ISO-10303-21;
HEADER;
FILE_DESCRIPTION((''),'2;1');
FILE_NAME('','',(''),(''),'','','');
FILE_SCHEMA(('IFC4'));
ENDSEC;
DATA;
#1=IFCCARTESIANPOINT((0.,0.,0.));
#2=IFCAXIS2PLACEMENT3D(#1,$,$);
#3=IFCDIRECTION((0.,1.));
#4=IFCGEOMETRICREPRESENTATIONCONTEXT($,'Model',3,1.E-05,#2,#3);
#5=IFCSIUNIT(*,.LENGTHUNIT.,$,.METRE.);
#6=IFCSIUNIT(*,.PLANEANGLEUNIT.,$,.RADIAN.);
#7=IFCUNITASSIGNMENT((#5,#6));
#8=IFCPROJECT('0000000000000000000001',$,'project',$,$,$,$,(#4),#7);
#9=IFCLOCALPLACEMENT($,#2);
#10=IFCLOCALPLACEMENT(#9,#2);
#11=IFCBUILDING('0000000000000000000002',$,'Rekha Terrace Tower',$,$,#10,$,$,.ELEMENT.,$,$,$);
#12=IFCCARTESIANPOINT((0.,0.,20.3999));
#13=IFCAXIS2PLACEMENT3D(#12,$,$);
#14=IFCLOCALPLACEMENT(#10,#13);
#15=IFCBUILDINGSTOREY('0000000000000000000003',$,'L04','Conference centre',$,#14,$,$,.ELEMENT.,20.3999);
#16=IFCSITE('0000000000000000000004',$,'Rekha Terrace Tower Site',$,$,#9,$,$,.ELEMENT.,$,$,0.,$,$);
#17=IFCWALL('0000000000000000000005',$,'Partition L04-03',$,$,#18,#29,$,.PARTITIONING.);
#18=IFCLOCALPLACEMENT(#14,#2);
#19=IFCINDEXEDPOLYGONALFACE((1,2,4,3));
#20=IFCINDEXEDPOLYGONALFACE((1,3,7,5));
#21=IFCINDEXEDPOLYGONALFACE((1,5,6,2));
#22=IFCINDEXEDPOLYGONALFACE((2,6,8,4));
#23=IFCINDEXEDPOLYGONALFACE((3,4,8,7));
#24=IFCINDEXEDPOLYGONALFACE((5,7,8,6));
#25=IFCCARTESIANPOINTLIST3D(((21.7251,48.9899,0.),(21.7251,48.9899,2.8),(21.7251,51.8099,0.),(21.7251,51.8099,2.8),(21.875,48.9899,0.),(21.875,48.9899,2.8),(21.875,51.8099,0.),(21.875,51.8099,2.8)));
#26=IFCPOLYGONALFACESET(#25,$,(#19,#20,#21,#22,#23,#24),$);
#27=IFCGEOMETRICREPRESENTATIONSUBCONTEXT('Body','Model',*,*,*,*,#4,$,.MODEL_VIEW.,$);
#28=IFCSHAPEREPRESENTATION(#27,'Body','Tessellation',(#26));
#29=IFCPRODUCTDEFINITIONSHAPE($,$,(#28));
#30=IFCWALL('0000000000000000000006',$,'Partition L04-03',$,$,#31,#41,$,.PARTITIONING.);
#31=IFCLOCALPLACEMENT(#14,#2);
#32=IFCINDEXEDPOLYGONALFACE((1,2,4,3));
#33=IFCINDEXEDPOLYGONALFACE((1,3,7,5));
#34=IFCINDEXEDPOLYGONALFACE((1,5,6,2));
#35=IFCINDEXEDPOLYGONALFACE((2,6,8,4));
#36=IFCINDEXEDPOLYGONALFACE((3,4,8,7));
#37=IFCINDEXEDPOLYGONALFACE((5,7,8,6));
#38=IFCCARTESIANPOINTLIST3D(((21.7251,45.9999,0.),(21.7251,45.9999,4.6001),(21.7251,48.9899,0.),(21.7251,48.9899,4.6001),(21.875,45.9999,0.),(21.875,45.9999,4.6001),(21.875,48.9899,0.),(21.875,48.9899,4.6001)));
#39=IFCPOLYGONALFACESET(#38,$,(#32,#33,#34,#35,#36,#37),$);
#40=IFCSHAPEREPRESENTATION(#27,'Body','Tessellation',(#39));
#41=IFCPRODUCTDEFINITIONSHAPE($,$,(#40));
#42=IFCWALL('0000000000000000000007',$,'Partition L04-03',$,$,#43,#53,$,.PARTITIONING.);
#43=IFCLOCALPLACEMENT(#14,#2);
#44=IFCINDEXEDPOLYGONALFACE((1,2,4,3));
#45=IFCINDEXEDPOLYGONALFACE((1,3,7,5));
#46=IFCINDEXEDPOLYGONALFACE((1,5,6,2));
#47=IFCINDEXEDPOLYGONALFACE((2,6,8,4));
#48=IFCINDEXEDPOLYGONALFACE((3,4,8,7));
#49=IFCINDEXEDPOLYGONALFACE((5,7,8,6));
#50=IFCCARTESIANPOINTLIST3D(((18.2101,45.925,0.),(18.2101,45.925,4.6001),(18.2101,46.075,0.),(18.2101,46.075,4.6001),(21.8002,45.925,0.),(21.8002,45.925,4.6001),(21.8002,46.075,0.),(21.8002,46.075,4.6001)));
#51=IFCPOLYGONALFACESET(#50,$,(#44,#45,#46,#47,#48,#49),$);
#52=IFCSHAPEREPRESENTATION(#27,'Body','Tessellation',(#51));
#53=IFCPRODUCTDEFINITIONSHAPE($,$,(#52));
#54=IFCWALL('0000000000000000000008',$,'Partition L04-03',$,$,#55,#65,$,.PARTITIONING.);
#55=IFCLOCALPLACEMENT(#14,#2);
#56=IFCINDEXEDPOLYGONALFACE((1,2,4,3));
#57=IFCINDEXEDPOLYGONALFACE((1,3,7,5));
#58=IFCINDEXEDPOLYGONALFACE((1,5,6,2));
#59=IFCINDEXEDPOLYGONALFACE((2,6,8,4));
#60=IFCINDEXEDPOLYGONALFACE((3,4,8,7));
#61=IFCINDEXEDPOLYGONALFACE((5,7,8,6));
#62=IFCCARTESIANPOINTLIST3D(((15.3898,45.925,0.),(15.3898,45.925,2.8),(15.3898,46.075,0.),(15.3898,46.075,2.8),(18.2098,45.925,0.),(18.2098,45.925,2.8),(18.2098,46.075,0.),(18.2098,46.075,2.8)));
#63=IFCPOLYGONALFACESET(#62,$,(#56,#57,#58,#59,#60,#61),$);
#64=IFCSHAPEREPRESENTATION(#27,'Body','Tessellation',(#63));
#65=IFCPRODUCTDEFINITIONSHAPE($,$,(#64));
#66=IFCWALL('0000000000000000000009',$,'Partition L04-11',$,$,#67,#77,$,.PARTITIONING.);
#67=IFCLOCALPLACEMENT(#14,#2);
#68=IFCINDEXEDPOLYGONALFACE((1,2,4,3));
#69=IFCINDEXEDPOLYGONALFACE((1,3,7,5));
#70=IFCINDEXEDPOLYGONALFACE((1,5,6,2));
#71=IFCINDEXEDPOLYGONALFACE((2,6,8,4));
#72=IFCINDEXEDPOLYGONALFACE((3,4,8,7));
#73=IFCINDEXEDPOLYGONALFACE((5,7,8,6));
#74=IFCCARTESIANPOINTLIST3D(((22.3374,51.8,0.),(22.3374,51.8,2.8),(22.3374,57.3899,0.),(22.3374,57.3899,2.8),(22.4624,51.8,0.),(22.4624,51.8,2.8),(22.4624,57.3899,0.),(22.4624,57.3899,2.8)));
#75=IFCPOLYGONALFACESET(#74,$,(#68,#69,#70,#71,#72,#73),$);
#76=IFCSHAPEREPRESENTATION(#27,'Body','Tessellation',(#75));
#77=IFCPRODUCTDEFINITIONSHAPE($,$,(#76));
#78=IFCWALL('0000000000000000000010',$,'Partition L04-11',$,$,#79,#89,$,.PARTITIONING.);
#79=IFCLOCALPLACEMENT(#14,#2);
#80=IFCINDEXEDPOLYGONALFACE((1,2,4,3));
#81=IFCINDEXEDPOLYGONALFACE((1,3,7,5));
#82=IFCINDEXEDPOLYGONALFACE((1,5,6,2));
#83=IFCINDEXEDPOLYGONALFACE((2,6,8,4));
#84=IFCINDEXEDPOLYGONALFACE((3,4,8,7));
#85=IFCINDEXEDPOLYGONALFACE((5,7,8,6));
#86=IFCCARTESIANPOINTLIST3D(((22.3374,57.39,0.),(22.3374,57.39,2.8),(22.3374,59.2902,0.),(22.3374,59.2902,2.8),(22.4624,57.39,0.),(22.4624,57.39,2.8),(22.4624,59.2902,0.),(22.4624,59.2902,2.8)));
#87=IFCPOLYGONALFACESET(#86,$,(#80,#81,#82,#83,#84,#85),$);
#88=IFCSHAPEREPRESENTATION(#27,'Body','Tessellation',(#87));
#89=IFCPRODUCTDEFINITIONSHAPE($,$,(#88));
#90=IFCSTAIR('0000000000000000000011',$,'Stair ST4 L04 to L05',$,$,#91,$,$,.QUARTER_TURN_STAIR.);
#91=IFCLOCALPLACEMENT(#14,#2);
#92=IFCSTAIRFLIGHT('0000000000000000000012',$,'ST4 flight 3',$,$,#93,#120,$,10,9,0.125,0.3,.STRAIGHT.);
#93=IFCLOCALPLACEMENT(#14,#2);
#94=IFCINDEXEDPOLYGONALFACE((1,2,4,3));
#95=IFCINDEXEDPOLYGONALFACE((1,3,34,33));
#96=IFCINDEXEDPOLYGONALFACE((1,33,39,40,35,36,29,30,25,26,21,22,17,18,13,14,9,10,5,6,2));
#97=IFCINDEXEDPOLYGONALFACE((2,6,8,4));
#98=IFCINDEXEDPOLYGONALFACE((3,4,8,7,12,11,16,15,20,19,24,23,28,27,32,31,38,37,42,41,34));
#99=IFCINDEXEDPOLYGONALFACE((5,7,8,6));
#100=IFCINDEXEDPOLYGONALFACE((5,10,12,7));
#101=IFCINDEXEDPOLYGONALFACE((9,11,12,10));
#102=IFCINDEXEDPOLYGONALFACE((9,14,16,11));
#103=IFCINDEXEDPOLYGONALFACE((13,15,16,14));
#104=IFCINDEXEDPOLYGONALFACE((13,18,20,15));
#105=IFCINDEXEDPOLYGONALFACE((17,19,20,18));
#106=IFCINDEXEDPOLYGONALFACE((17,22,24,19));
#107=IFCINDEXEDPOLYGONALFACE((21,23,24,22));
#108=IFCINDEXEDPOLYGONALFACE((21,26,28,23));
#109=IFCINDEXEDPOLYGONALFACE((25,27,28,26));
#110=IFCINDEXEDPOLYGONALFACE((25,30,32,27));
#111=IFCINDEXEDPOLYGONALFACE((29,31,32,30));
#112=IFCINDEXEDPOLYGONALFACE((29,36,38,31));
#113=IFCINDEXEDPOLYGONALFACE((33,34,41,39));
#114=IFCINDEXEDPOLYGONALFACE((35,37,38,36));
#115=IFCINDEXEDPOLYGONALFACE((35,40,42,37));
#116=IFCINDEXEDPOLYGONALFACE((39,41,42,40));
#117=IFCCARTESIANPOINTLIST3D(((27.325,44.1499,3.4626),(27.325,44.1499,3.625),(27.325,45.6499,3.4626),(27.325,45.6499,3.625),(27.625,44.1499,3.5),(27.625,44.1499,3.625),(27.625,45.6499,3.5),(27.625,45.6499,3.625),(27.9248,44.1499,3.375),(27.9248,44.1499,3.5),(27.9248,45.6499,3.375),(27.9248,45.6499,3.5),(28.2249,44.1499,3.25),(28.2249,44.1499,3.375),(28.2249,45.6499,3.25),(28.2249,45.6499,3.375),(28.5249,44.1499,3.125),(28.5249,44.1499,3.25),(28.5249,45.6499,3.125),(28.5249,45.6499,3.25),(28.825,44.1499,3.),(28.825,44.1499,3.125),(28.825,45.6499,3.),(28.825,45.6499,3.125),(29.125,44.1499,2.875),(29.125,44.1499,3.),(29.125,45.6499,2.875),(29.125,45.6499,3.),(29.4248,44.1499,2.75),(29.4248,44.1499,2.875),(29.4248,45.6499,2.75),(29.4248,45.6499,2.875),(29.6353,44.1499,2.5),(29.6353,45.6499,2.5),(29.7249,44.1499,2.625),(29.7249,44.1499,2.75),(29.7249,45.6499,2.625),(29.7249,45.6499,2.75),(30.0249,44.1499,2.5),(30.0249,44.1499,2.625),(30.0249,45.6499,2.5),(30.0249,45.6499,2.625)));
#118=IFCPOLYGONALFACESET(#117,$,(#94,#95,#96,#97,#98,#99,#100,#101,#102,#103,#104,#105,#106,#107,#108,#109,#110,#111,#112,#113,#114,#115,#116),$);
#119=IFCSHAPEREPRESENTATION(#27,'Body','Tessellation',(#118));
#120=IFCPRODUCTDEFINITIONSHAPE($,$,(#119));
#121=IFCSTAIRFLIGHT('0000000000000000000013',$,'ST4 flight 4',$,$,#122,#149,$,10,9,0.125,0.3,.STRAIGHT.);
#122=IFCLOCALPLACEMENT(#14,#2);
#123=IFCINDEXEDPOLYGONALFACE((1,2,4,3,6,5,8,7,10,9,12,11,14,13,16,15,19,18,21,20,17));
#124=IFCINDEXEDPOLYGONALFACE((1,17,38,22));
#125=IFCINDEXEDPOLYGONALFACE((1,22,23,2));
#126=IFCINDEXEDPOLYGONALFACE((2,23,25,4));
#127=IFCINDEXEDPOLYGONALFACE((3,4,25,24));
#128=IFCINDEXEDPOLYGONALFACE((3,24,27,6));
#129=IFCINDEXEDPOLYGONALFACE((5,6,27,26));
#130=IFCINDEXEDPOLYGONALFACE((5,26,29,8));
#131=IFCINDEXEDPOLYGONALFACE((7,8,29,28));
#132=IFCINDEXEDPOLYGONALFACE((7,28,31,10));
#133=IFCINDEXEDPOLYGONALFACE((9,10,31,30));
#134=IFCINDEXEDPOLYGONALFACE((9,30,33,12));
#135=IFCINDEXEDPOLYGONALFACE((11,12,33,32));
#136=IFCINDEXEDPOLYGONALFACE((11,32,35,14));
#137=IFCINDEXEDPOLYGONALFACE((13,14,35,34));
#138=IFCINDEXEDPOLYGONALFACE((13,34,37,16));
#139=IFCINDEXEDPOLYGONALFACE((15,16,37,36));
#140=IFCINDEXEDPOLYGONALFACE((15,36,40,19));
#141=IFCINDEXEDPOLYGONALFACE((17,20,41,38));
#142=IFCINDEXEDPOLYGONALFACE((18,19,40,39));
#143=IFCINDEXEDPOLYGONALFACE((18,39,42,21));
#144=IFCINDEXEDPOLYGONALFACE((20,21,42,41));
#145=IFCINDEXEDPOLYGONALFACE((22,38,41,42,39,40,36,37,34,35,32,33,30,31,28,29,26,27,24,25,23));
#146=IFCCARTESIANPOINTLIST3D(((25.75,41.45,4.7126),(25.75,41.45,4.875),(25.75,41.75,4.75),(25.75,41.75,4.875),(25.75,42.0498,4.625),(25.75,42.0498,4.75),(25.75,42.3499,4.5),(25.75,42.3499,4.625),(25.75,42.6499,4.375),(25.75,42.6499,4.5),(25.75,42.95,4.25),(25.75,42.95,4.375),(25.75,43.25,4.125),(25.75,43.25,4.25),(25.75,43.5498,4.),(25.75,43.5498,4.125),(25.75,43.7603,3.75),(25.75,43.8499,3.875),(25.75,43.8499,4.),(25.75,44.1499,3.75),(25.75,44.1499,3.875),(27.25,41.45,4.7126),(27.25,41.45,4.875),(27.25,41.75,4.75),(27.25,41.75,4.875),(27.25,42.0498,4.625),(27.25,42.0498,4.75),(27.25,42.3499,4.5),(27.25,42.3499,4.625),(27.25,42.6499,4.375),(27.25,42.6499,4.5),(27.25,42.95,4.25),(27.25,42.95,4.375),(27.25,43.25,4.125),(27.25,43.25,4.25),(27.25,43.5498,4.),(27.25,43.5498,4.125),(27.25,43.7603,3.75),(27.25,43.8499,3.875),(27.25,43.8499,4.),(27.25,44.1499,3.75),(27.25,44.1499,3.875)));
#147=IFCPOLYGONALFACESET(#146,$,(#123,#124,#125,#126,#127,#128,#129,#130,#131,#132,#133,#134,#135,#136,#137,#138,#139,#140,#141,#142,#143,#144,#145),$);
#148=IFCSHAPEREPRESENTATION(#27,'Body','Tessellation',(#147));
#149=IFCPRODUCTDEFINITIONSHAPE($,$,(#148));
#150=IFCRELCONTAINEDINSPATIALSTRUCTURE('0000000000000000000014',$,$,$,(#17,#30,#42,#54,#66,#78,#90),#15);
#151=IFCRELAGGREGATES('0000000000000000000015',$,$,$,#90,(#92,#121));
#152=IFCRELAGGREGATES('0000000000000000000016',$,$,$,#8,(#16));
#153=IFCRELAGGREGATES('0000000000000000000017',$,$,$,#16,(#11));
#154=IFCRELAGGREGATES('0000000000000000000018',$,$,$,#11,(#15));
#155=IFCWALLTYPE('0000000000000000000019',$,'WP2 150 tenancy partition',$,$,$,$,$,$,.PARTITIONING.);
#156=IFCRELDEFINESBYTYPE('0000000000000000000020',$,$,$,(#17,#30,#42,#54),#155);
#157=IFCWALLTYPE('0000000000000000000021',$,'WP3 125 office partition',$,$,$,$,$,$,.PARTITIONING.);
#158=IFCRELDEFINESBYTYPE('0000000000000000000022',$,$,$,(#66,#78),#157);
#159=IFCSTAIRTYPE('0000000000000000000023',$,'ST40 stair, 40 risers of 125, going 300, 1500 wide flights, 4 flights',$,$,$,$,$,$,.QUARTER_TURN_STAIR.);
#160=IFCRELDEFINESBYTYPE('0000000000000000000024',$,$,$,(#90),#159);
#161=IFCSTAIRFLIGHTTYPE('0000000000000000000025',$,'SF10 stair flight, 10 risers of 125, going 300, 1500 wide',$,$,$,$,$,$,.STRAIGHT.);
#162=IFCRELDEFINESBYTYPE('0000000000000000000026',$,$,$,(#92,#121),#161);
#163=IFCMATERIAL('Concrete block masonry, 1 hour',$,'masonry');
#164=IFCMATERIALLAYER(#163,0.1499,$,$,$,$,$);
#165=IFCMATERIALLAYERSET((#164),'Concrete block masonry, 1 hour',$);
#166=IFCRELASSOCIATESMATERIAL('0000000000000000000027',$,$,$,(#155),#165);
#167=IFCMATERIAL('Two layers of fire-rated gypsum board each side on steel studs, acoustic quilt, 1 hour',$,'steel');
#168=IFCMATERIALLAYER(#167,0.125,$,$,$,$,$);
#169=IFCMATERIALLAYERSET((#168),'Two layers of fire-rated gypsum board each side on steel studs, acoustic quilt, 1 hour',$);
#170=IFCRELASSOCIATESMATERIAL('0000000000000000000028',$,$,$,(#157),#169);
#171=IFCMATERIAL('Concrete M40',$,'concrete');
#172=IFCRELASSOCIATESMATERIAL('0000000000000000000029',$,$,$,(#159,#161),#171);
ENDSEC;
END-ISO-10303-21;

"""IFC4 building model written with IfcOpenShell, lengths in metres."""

from ifc_helpers import new_model, si_unit, direction, frame, frame_2d, origin, place, context, subcontext, project, spatial, polyline, rectangle, outline, extrude, material, layer, layer_set, type_object, element, aggregate, save


model = new_model("IFC4")

# Units and contexts
model_context = context("Model", 3, precision=1e-05, world=origin(), true_north=direction((0.0, 1.0)))
body_context = subcontext(model_context, "Body", "Model", "MODEL_VIEW")
ifc_project = project(units=[si_unit("LENGTHUNIT", "METRE"), si_unit("PLANEANGLEUNIT", "RADIAN")], contexts=[model_context])

# Site, building, storey
site_placement = place(None, origin())
site = spatial("IfcSite", under=ifc_project, at=site_placement, Name="Rekha Terrace Tower Site", CompositionType="ELEMENT", RefElevation=0.0)
building_placement = place(site_placement, origin())
building = spatial("IfcBuilding", under=site, at=building_placement, Name="Rekha Terrace Tower", CompositionType="ELEMENT")
storey_placement = place(building_placement, frame((0.0, 0.0, 20.3999)))
storey = spatial("IfcBuildingStorey", under=building, at=storey_placement, Name="L04", Description="Conference centre", CompositionType="ELEMENT", Elevation=20.3999)

# Shared definitions
ifc_material_1 = material(Name="Concrete block masonry, 1 hour", Category="masonry")
ifc_layer_1 = layer(ifc_material_1, 0.1499)
ifc_layer_set_1 = layer_set([ifc_layer_1], Name="Concrete block masonry, 1 hour")
wall_type_1 = type_object("IfcWallType", Name="WP2 150 tenancy partition", PredefinedType="PARTITIONING", material=ifc_layer_set_1)

# Walls
wall_1_placement = place(storey_placement, frame((21.8, 51.8101, 0.0), z_axis=(0.0, 0.0, 1.0), x_axis=(0.0, -1.0, 0.0)))
element("IfcWall", 1, at=wall_1_placement, inside=storey, type_object=wall_type_1, Name="Partition L04-03", PredefinedType="PARTITIONING", context=body_context, shape_type="SweptSolid", body=[
    extrude(rectangle(XDim=2.8201, YDim=0.1499, at=frame_2d((1.4102, 0.0))), origin(), (0.0, 0.0, 1.0), 2.8),
])
wall_2_placement = place(storey_placement, frame((21.8, 48.99, 0.0), z_axis=(0.0, 0.0, 1.0), x_axis=(0.0, -1.0, 0.0)))
element("IfcWall", 2, at=wall_2_placement, inside=storey, type_object=wall_type_1, Name="Partition L04-03", PredefinedType="PARTITIONING", context=body_context, shape_type="SweptSolid", body=[
    extrude(rectangle(XDim=2.99, YDim=0.1499, at=frame_2d((1.4951, 0.0))), origin(), (0.0, 0.0, 1.0), 4.6001),
])
wall_3_placement = place(storey_placement, frame((21.8, 46.0, 0.0), z_axis=(0.0, 0.0, 1.0), x_axis=(-1.0, 0.0, 0.0)))
element("IfcWall", 3, at=wall_3_placement, inside=storey, type_object=wall_type_1, Name="Partition L04-03", PredefinedType="PARTITIONING", context=body_context, shape_type="SweptSolid", body=[
    extrude(rectangle(XDim=3.5901, YDim=0.1499, at=frame_2d((1.7949, 0.0))), origin(), (0.0, 0.0, 1.0), 4.6001),
])
wall_4_placement = place(storey_placement, frame((18.21, 46.0, 0.0), z_axis=(0.0, 0.0, 1.0), x_axis=(-1.0, 0.0, 0.0)))
element("IfcWall", 4, at=wall_4_placement, inside=storey, type_object=wall_type_1, Name="Partition L04-03", PredefinedType="PARTITIONING", context=body_context, shape_type="SweptSolid", body=[
    extrude(rectangle(XDim=2.8201, YDim=0.1499, at=frame_2d((1.4102, 0.0))), origin(), (0.0, 0.0, 1.0), 2.8),
])
ifc_material_2 = material(Name="Two layers of fire-rated gypsum board each side on steel studs, acoustic quilt, 1 hour", Category="steel")
ifc_layer_2 = layer(ifc_material_2, 0.125)
ifc_layer_set_2 = layer_set([ifc_layer_2], Name="Two layers of fire-rated gypsum board each side on steel studs, acoustic quilt, 1 hour")
wall_type_2 = type_object("IfcWallType", Name="WP3 125 office partition", PredefinedType="PARTITIONING", material=ifc_layer_set_2)
wall_5_placement = place(storey_placement, frame((22.3999, 51.8, 0.0), z_axis=(0.0, 0.0, 1.0), x_axis=(0.0, 1.0, 0.0)))
element("IfcWall", 5, at=wall_5_placement, inside=storey, type_object=wall_type_2, Name="Partition L04-11", PredefinedType="PARTITIONING", context=body_context, shape_type="SweptSolid", body=[
    extrude(rectangle(XDim=5.5898, YDim=0.125, at=frame_2d((2.7949, 0.0))), origin(), (0.0, 0.0, 1.0), 2.8),
])
wall_6_placement = place(storey_placement, frame((22.3999, 57.3899, 0.0), z_axis=(0.0, 0.0, 1.0), x_axis=(0.0, 1.0, 0.0)))
element("IfcWall", 6, at=wall_6_placement, inside=storey, type_object=wall_type_2, Name="Partition L04-11", PredefinedType="PARTITIONING", context=body_context, shape_type="SweptSolid", body=[
    extrude(rectangle(XDim=1.9001, YDim=0.125, at=frame_2d((0.9502, 0.0))), origin(), (0.0, 0.0, 1.0), 2.8),
])

# Stair, stair flights
ifc_material_3 = material(Name="Concrete M40", Category="concrete")
stair_type = type_object("IfcStairType", Name="ST40 stair, 40 risers of 125, going 300, 1500 wide flights, 4 flights", PredefinedType="QUARTER_TURN_STAIR", material=ifc_material_3)
stair_placement = place(storey_placement, origin())
stair = element("IfcStair", 7, at=stair_placement, inside=storey, type_object=stair_type, Name="Stair ST4 L04 to L05", PredefinedType="QUARTER_TURN_STAIR")
stair_flight_type = type_object("IfcStairFlightType", Name="SF10 stair flight, 10 risers of 125, going 300, 1500 wide", PredefinedType="STRAIGHT", material=ifc_material_3)
stair_flight_1_placement = place(storey_placement, frame((30.0249, 44.8999, 2.5), z_axis=(0.0, 0.0, 1.0), x_axis=(-1.0, 0.0, 0.0)))
stair_flight_1 = element("IfcStairFlight", 8, at=stair_flight_1_placement, type_object=stair_flight_type, Name="ST4 flight 3", NumberOfRisers=10, NumberOfTreads=9, PredefinedType="STRAIGHT", RiserHeight=0.125, TreadLength=0.3, context=body_context, shape_type="SweptSolid", body=[
    extrude(outline(polyline([(0.0, 0.0), (0.0, 0.125), (0.3, 0.125), (0.3, 0.25), (0.6001, 0.25), (0.6001, 0.375), (0.8999, 0.375), (0.8999, 0.5), (1.2, 0.5), (1.2, 0.625), (1.5, 0.625), (1.5, 0.75), (1.8, 0.75), (1.8, 0.875), (2.1001, 0.875), (2.1001, 1.0), (2.3999, 1.0), (2.3999, 1.125), (2.7, 1.125), (2.7, 1.25), (2.7, 0.9626), (0.3896, 0.0), (0.0, 0.0)])), frame((0.0, 0.75, 0.0), z_axis=(0.0, -1.0, 0.0), x_axis=(1.0, 0.0, 0.0)), (0.0, 0.0, 1.0), 1.5),
])
stair_flight_2_placement = place(storey_placement, frame((26.5, 44.1499, 3.75), z_axis=(0.0, 0.0, 1.0), x_axis=(0.0, -1.0, 0.0)))
stair_flight_2 = element("IfcStairFlight", 9, at=stair_flight_2_placement, type_object=stair_flight_type, Name="ST4 flight 4", NumberOfRisers=10, NumberOfTreads=9, PredefinedType="STRAIGHT", RiserHeight=0.125, TreadLength=0.3, context=body_context, shape_type="SweptSolid", body=[
    extrude(outline(polyline([(0.0, 0.0), (0.0, 0.125), (0.3, 0.125), (0.3, 0.25), (0.6001, 0.25), (0.6001, 0.375), (0.8999, 0.375), (0.8999, 0.5), (1.2, 0.5), (1.2, 0.625), (1.5, 0.625), (1.5, 0.75), (1.8, 0.75), (1.8, 0.875), (2.1001, 0.875), (2.1001, 1.0), (2.3999, 1.0), (2.3999, 1.125), (2.7, 1.125), (2.7, 1.25), (2.7, 0.9626), (0.3896, 0.0), (0.0, 0.0)])), frame((0.0, 0.75, 0.0), z_axis=(0.0, -1.0, 0.0), x_axis=(1.0, 0.0, 0.0)), (0.0, 0.0, 1.0), 1.5),
])
aggregate(stair, [stair_flight_1, stair_flight_2])

save(model, "model.ifc")
